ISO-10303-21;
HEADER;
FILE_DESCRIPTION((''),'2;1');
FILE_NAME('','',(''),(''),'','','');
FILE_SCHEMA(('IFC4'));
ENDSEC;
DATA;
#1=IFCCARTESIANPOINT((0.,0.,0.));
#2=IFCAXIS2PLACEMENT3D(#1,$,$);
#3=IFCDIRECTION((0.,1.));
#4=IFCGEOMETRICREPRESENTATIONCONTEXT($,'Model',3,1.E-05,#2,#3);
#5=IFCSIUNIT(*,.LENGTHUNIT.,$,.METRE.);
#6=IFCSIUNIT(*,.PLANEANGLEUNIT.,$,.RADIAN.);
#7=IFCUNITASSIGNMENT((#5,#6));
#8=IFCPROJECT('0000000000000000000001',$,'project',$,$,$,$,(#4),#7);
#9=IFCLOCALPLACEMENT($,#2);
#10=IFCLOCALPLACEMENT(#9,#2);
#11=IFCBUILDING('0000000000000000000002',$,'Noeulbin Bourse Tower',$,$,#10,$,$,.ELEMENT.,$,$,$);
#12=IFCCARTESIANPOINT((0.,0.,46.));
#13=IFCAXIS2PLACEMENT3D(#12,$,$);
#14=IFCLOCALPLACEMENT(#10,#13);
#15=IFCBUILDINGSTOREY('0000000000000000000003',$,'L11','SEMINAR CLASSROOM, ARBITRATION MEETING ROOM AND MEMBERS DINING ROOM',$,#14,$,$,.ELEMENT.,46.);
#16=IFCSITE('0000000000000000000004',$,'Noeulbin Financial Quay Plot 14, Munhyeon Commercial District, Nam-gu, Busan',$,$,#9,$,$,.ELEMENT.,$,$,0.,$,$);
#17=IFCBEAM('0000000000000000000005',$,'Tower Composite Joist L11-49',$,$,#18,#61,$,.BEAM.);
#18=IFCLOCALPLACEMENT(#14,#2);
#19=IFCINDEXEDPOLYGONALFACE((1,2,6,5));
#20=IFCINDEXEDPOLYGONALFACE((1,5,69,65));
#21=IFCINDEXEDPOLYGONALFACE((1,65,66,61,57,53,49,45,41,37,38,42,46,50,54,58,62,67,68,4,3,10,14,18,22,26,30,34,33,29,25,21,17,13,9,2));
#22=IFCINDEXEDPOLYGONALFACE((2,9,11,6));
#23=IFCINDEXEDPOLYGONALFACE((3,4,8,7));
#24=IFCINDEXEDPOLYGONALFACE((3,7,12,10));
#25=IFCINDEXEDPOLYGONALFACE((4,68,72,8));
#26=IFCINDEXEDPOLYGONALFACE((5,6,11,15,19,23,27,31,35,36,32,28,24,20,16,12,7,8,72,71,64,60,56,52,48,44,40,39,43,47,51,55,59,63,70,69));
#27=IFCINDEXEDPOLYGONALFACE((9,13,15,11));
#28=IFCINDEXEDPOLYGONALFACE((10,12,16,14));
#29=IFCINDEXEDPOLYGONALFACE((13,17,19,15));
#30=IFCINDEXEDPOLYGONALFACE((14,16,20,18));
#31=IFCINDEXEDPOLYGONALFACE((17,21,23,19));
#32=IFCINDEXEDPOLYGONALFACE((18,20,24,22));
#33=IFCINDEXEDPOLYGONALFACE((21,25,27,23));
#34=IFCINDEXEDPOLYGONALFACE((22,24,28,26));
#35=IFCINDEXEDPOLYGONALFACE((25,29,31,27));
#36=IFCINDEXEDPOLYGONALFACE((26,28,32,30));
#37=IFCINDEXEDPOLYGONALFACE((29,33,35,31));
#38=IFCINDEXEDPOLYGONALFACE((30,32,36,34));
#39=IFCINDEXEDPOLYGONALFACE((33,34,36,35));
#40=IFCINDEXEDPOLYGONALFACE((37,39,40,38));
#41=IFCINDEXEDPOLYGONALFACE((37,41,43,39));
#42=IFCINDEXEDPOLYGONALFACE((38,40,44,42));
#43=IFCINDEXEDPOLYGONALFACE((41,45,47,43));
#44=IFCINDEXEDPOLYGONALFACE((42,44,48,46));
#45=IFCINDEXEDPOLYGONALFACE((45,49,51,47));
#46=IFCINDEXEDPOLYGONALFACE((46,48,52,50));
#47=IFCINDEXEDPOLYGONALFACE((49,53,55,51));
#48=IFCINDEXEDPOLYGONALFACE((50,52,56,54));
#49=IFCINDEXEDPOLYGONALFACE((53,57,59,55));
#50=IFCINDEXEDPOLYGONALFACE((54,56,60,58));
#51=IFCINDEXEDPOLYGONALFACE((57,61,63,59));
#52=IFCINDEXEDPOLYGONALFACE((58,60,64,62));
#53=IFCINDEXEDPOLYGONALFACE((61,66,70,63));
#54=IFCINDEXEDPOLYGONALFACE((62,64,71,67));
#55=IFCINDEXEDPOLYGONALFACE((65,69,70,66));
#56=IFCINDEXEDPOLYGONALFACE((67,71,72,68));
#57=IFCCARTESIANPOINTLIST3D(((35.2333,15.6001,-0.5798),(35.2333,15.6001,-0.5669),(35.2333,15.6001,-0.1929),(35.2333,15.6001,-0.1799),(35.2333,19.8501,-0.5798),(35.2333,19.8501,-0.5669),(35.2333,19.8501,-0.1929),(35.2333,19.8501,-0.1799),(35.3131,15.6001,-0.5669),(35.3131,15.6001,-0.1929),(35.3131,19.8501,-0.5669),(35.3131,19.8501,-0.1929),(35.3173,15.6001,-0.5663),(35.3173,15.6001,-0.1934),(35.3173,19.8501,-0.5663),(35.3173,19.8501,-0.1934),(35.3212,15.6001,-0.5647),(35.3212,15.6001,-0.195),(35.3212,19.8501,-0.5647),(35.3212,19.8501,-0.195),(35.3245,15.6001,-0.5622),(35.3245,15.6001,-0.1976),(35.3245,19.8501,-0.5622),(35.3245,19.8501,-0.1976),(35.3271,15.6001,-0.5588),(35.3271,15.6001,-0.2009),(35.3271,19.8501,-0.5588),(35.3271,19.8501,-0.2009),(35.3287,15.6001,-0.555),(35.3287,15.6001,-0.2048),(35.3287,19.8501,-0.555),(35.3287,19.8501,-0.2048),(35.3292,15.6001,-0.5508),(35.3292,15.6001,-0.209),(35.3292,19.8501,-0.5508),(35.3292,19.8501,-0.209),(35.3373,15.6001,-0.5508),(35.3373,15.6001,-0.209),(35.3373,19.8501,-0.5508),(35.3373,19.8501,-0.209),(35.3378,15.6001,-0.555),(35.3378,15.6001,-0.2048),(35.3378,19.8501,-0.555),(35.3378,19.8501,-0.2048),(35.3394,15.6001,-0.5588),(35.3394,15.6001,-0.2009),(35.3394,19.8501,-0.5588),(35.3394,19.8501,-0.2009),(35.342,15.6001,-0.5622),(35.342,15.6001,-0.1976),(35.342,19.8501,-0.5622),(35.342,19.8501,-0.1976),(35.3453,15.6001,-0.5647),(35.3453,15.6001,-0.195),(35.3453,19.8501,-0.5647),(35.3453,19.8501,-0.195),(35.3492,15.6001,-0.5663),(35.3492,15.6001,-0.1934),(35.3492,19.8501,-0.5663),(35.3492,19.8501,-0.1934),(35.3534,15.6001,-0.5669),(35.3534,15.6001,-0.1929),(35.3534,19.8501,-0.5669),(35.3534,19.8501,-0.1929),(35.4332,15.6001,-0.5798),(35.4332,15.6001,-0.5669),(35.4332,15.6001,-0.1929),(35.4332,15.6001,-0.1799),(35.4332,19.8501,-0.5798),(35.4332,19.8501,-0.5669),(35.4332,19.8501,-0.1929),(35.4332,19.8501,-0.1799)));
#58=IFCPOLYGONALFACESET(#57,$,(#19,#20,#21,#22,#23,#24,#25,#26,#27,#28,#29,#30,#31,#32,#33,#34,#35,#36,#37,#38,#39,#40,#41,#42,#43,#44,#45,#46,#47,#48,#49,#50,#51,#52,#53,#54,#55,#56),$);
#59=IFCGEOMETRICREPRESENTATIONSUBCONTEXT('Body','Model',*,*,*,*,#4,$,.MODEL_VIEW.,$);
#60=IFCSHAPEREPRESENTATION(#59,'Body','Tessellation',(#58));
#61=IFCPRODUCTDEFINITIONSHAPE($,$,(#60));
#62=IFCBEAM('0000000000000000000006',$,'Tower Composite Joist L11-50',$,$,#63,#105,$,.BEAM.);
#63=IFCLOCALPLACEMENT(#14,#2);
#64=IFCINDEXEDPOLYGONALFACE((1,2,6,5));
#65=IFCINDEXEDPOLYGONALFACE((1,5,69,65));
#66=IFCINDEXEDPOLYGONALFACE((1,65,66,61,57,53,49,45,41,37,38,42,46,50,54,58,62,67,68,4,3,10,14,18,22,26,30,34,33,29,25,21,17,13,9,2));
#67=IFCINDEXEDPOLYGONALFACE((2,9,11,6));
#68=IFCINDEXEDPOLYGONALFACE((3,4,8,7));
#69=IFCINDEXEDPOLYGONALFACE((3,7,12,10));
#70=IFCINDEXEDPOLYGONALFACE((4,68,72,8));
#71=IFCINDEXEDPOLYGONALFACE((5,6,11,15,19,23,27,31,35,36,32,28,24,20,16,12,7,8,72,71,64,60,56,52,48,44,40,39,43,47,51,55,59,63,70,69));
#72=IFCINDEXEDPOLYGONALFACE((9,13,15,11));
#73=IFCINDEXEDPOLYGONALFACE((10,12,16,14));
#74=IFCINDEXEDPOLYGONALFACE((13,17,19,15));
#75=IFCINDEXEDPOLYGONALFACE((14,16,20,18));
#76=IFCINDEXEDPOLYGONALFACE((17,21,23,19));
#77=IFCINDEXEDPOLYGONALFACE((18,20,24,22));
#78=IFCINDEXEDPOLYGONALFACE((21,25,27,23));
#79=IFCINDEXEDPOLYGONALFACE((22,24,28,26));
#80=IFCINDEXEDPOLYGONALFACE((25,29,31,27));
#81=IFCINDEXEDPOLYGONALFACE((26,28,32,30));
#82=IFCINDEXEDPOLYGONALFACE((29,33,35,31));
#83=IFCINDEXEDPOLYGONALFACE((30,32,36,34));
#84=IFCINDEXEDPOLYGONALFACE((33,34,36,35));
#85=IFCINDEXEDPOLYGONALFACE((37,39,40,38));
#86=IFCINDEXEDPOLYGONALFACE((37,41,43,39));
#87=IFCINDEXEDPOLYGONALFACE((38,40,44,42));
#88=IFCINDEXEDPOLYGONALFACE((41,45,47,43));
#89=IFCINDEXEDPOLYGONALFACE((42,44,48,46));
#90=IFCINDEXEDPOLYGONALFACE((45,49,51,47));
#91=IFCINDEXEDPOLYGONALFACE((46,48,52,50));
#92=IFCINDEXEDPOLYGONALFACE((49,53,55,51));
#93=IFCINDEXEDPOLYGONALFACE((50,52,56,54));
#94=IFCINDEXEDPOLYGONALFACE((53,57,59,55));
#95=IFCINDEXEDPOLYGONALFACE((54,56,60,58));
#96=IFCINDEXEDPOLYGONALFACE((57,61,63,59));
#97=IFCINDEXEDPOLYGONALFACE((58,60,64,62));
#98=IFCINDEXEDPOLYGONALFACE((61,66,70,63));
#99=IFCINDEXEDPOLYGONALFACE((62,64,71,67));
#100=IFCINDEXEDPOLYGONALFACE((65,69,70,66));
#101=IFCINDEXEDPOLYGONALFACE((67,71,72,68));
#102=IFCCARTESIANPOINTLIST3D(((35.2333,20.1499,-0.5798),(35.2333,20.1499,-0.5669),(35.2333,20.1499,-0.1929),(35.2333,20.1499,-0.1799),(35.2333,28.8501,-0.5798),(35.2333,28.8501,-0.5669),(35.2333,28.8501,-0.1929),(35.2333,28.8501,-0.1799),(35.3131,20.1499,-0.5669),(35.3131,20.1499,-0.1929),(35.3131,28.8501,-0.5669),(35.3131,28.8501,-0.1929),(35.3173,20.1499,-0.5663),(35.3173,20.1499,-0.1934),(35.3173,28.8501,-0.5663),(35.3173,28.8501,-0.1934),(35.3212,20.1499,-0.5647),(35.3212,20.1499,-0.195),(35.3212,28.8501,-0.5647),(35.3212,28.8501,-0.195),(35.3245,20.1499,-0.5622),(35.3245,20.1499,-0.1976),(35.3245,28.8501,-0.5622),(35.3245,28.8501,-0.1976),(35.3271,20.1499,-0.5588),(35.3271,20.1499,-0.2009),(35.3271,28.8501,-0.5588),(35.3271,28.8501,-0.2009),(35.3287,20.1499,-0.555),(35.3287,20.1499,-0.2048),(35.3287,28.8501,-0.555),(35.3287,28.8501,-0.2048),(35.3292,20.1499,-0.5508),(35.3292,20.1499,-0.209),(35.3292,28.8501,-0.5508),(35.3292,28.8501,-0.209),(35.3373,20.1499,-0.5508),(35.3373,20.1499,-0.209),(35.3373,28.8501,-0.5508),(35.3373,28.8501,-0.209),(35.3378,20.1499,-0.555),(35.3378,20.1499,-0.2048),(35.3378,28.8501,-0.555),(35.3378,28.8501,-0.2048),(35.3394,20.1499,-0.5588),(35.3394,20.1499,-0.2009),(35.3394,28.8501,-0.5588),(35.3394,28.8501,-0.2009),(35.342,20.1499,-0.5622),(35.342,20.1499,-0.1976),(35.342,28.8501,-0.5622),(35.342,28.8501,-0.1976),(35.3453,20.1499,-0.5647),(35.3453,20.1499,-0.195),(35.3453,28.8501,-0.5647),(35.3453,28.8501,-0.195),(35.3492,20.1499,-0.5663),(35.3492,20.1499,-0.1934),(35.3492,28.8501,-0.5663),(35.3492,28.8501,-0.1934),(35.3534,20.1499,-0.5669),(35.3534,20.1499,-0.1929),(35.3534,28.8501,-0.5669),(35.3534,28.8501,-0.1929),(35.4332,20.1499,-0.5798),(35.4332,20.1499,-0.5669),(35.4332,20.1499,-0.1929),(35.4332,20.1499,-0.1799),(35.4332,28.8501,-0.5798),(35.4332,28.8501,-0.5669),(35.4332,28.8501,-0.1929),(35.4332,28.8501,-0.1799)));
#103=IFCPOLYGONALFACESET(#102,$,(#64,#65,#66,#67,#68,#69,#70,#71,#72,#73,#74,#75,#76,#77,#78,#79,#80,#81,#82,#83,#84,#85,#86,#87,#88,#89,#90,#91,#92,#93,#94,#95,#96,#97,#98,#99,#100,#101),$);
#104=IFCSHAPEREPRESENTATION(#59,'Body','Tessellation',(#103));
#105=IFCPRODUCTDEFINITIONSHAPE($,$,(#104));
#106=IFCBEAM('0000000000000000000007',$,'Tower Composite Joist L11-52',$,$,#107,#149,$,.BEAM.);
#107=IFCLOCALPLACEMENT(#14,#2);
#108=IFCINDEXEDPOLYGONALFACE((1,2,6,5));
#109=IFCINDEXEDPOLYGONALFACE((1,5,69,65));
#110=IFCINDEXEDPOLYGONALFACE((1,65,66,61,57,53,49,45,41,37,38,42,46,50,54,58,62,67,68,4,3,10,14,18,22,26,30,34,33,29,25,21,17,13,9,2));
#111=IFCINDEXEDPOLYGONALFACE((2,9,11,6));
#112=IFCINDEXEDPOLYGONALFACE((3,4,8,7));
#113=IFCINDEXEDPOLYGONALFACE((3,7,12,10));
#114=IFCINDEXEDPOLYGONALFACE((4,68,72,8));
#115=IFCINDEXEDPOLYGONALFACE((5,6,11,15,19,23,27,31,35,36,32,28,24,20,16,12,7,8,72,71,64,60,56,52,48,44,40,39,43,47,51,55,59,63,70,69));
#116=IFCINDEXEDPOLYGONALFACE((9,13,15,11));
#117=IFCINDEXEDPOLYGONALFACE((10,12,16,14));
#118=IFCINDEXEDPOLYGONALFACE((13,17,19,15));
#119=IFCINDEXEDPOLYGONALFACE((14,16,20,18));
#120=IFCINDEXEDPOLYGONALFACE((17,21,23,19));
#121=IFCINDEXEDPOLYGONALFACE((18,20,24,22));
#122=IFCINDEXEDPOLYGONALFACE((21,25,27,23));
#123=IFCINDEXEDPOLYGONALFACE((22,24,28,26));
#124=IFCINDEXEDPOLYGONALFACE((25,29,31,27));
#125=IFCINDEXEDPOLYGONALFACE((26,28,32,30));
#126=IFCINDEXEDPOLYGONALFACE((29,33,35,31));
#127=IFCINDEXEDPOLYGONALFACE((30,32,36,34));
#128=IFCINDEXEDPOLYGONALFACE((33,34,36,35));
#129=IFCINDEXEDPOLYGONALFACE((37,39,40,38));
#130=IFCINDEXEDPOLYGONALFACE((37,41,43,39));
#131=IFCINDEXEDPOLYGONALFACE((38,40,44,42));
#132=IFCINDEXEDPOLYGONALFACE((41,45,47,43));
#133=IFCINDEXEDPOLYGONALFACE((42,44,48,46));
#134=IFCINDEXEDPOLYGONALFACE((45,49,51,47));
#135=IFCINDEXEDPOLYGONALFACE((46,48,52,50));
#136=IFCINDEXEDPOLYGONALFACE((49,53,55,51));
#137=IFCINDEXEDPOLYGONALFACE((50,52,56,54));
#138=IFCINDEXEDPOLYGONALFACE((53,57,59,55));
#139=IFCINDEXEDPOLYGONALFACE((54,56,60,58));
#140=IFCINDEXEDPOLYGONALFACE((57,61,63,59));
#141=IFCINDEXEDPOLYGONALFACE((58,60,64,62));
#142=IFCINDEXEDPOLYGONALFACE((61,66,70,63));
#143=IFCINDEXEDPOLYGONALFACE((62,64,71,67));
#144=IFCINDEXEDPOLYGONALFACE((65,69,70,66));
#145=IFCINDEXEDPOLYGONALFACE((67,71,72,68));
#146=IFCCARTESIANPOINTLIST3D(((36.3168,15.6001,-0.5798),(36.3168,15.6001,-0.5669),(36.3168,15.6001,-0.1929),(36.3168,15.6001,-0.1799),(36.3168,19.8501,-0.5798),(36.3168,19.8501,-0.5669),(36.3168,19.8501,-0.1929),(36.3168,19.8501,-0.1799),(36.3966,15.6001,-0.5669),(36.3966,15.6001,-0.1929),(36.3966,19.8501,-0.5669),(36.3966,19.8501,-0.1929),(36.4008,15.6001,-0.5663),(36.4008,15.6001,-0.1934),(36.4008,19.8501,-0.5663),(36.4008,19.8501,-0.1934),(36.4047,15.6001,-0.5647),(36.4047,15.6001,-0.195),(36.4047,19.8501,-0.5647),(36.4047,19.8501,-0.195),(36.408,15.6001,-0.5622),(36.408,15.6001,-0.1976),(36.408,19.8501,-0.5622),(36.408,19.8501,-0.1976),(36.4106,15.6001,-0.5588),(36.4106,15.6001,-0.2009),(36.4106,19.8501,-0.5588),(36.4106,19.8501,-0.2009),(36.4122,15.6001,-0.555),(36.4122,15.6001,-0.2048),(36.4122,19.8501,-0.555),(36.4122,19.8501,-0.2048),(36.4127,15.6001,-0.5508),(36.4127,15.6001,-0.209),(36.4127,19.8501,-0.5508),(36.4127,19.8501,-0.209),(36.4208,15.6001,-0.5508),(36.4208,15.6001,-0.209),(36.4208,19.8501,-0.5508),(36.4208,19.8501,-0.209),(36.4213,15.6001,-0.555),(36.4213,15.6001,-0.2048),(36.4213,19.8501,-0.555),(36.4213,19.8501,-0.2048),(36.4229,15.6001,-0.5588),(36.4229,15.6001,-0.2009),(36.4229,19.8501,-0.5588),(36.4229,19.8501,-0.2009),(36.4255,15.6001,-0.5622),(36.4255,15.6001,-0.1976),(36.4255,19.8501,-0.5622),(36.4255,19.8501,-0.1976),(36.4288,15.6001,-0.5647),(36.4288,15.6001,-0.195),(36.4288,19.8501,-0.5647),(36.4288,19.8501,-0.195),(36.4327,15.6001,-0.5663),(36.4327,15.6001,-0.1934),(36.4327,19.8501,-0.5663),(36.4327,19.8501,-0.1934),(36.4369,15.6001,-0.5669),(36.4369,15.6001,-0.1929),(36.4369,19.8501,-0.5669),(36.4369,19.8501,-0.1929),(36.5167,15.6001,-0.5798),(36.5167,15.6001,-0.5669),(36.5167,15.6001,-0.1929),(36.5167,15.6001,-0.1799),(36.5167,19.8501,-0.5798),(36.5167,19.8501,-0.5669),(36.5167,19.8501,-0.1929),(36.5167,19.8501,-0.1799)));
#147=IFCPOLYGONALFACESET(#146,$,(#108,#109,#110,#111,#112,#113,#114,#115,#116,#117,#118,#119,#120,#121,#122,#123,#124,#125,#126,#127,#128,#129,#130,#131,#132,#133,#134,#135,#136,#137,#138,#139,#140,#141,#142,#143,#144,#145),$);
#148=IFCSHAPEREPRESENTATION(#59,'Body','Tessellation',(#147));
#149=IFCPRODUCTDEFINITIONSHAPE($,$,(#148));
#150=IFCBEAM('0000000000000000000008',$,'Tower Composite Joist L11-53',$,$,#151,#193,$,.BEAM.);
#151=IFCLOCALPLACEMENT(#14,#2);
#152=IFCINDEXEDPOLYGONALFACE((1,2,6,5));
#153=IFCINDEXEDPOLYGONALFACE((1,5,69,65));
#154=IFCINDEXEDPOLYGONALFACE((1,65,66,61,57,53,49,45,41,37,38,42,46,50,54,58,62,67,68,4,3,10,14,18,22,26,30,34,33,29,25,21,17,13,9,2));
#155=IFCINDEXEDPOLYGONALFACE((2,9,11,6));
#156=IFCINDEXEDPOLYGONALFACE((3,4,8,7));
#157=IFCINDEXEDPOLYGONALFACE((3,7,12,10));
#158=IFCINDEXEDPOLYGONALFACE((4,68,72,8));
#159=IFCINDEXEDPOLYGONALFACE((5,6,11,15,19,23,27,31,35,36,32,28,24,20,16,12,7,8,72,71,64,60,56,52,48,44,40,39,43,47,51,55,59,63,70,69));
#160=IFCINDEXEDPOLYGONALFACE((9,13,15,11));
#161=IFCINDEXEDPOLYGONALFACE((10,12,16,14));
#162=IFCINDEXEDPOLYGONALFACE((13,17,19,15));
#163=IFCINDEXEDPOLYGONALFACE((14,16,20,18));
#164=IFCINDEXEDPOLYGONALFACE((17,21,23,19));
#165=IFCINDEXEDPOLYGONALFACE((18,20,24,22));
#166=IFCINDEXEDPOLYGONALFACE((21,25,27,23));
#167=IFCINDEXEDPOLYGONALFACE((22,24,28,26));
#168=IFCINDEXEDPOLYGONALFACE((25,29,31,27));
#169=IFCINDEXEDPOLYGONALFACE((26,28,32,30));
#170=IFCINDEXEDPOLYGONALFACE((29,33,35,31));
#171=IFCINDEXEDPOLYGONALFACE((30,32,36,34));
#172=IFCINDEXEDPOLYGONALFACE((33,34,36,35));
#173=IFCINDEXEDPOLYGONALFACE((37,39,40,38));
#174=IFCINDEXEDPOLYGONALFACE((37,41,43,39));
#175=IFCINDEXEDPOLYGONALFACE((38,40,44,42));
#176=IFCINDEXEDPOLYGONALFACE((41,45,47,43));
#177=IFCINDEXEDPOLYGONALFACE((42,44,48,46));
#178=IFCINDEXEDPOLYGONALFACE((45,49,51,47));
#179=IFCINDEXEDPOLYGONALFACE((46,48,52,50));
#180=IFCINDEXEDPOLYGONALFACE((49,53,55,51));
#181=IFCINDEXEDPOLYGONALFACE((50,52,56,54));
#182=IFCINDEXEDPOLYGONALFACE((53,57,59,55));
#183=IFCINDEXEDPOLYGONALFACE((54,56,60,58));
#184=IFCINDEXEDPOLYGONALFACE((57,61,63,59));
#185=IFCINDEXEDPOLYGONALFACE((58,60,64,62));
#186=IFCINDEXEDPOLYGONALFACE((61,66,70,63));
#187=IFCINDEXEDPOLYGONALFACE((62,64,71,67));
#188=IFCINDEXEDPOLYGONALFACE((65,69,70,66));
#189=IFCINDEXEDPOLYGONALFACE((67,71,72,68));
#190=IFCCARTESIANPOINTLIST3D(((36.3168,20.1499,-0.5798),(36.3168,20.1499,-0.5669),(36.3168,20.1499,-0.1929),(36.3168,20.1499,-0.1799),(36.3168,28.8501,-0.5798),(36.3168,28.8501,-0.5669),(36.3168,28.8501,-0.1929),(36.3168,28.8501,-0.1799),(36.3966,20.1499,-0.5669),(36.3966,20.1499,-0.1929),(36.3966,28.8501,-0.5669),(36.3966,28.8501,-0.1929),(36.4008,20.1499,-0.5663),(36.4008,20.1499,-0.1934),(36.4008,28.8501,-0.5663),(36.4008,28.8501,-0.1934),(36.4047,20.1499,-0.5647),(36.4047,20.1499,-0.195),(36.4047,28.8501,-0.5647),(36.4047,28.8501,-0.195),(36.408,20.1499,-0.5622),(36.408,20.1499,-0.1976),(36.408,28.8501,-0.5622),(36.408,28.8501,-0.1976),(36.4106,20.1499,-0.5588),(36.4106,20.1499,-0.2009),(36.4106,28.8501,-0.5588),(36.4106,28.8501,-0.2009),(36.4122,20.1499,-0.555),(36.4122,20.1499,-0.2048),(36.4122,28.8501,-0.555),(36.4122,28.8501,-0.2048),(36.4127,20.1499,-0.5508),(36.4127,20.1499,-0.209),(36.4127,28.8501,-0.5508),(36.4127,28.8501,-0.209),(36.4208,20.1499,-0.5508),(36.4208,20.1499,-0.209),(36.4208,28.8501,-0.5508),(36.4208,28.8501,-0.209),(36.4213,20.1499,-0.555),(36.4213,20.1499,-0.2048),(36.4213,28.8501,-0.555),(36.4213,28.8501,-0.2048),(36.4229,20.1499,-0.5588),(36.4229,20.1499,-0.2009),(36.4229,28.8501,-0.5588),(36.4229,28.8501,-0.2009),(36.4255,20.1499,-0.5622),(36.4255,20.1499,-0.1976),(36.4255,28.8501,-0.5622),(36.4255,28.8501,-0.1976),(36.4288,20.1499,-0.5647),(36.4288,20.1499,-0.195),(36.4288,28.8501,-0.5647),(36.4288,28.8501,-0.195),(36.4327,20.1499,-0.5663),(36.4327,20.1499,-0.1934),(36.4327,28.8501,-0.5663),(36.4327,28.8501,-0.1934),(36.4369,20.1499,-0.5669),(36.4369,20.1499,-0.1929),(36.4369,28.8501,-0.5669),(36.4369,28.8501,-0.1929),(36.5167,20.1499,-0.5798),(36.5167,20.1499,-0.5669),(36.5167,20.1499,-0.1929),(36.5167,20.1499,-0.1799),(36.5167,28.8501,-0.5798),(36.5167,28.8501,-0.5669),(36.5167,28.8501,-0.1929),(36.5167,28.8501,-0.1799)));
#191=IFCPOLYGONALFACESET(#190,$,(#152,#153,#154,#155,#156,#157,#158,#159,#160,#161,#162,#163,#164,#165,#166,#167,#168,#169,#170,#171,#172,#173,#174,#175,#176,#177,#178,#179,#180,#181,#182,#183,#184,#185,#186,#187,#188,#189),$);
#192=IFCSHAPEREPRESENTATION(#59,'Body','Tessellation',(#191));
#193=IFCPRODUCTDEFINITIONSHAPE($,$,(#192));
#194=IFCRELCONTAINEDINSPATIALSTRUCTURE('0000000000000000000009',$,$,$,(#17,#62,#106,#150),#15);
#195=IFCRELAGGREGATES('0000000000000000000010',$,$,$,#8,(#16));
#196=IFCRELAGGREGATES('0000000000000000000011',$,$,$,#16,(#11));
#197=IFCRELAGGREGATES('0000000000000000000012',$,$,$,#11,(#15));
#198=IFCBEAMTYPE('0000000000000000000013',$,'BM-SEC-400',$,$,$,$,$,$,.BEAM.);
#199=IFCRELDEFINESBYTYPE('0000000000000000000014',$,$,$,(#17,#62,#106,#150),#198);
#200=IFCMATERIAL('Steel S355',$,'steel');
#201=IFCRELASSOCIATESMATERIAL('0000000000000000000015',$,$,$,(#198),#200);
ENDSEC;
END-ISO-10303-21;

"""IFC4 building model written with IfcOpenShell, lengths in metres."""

from ifc_helpers import new_model, si_unit, direction, frame, origin, origin_2d, place, context, subcontext, project, spatial, i_section, extrude, material, material_profile, profile_set, type_object, element, save


model = new_model("IFC4")

# Units and contexts
model_context = context("Model", 3, precision=1e-05, world=origin(), true_north=direction((0.0, 1.0)))
body_context = subcontext(model_context, "Body", "Model", "MODEL_VIEW")
ifc_project = project(units=[si_unit("LENGTHUNIT", "METRE"), si_unit("PLANEANGLEUNIT", "RADIAN")], contexts=[model_context])

# Site, building, storey
site_placement = place(None, origin())
site = spatial("IfcSite", under=ifc_project, at=site_placement, Name="Noeulbin Financial Quay Plot 14, Munhyeon Commercial District, Nam-gu, Busan", CompositionType="ELEMENT", RefElevation=0.0)
building_placement = place(site_placement, origin())
building = spatial("IfcBuilding", under=site, at=building_placement, Name="Noeulbin Bourse Tower", CompositionType="ELEMENT")
storey_placement = place(building_placement, frame((0.0, 0.0, 46.0)))
storey = spatial("IfcBuildingStorey", under=building, at=storey_placement, Name="L11", Description="SEMINAR CLASSROOM, ARBITRATION MEETING ROOM AND MEMBERS DINING ROOM", CompositionType="ELEMENT", Elevation=46.0)

# Beams
ifc_material_1 = material(Name="Steel S355", Category="steel")
ifc_material_profile_1 = material_profile(ifc_material_1, i_section(OverallWidth=0.2, OverallDepth=0.3999, WebThickness=0.0081, FlangeThickness=0.0129, FilletRadius=0.0161, at=origin_2d()), Name="H-400x200x8x13", Category="LoadBearing")
ifc_profile_set_1 = profile_set([ifc_material_profile_1], Name="Steel S355")
beam_type_1 = type_object("IfcBeamType", Name="BM-SEC-400", PredefinedType="BEAM", material=ifc_profile_set_1)
beam_1_placement = place(storey_placement, frame((35.3333, 15.6001, -0.3799), z_axis=(0.0, 1.0, 0.0), x_axis=(-1.0, 0.0, 0.0)))
element("IfcBeam", 1, at=beam_1_placement, inside=storey, type_object=beam_type_1, Name="Tower Composite Joist L11-49", PredefinedType="BEAM", context=body_context, shape_type="SweptSolid", body=[
    extrude(i_section(OverallWidth=0.2, OverallDepth=0.3999, WebThickness=0.0081, FlangeThickness=0.0129, FilletRadius=0.0161, at=origin_2d()), origin(), (0.0, 0.0, 1.0), 4.25),
])
beam_2_placement = place(storey_placement, frame((35.3333, 20.1499, -0.3799), z_axis=(0.0, 1.0, 0.0), x_axis=(-1.0, 0.0, 0.0)))
element("IfcBeam", 2, at=beam_2_placement, inside=storey, type_object=beam_type_1, Name="Tower Composite Joist L11-50", PredefinedType="BEAM", context=body_context, shape_type="SweptSolid", body=[
    extrude(i_section(OverallWidth=0.2, OverallDepth=0.3999, WebThickness=0.0081, FlangeThickness=0.0129, FilletRadius=0.0161, at=origin_2d()), origin(), (0.0, 0.0, 1.0), 8.7002),
])
beam_3_placement = place(storey_placement, frame((36.4167, 15.6001, -0.3799), z_axis=(0.0, 1.0, 0.0), x_axis=(-1.0, 0.0, 0.0)))
element("IfcBeam", 3, at=beam_3_placement, inside=storey, type_object=beam_type_1, Name="Tower Composite Joist L11-52", PredefinedType="BEAM", context=body_context, shape_type="SweptSolid", body=[
    extrude(i_section(OverallWidth=0.2, OverallDepth=0.3999, WebThickness=0.0081, FlangeThickness=0.0129, FilletRadius=0.0161, at=origin_2d()), origin(), (0.0, 0.0, 1.0), 4.25),
])
beam_4_placement = place(storey_placement, frame((36.4167, 20.1499, -0.3799), z_axis=(0.0, 1.0, 0.0), x_axis=(-1.0, 0.0, 0.0)))
element("IfcBeam", 4, at=beam_4_placement, inside=storey, type_object=beam_type_1, Name="Tower Composite Joist L11-53", PredefinedType="BEAM", context=body_context, shape_type="SweptSolid", body=[
    extrude(i_section(OverallWidth=0.2, OverallDepth=0.3999, WebThickness=0.0081, FlangeThickness=0.0129, FilletRadius=0.0161, at=origin_2d()), origin(), (0.0, 0.0, 1.0), 8.7002),
])

save(model, "model.ifc")
